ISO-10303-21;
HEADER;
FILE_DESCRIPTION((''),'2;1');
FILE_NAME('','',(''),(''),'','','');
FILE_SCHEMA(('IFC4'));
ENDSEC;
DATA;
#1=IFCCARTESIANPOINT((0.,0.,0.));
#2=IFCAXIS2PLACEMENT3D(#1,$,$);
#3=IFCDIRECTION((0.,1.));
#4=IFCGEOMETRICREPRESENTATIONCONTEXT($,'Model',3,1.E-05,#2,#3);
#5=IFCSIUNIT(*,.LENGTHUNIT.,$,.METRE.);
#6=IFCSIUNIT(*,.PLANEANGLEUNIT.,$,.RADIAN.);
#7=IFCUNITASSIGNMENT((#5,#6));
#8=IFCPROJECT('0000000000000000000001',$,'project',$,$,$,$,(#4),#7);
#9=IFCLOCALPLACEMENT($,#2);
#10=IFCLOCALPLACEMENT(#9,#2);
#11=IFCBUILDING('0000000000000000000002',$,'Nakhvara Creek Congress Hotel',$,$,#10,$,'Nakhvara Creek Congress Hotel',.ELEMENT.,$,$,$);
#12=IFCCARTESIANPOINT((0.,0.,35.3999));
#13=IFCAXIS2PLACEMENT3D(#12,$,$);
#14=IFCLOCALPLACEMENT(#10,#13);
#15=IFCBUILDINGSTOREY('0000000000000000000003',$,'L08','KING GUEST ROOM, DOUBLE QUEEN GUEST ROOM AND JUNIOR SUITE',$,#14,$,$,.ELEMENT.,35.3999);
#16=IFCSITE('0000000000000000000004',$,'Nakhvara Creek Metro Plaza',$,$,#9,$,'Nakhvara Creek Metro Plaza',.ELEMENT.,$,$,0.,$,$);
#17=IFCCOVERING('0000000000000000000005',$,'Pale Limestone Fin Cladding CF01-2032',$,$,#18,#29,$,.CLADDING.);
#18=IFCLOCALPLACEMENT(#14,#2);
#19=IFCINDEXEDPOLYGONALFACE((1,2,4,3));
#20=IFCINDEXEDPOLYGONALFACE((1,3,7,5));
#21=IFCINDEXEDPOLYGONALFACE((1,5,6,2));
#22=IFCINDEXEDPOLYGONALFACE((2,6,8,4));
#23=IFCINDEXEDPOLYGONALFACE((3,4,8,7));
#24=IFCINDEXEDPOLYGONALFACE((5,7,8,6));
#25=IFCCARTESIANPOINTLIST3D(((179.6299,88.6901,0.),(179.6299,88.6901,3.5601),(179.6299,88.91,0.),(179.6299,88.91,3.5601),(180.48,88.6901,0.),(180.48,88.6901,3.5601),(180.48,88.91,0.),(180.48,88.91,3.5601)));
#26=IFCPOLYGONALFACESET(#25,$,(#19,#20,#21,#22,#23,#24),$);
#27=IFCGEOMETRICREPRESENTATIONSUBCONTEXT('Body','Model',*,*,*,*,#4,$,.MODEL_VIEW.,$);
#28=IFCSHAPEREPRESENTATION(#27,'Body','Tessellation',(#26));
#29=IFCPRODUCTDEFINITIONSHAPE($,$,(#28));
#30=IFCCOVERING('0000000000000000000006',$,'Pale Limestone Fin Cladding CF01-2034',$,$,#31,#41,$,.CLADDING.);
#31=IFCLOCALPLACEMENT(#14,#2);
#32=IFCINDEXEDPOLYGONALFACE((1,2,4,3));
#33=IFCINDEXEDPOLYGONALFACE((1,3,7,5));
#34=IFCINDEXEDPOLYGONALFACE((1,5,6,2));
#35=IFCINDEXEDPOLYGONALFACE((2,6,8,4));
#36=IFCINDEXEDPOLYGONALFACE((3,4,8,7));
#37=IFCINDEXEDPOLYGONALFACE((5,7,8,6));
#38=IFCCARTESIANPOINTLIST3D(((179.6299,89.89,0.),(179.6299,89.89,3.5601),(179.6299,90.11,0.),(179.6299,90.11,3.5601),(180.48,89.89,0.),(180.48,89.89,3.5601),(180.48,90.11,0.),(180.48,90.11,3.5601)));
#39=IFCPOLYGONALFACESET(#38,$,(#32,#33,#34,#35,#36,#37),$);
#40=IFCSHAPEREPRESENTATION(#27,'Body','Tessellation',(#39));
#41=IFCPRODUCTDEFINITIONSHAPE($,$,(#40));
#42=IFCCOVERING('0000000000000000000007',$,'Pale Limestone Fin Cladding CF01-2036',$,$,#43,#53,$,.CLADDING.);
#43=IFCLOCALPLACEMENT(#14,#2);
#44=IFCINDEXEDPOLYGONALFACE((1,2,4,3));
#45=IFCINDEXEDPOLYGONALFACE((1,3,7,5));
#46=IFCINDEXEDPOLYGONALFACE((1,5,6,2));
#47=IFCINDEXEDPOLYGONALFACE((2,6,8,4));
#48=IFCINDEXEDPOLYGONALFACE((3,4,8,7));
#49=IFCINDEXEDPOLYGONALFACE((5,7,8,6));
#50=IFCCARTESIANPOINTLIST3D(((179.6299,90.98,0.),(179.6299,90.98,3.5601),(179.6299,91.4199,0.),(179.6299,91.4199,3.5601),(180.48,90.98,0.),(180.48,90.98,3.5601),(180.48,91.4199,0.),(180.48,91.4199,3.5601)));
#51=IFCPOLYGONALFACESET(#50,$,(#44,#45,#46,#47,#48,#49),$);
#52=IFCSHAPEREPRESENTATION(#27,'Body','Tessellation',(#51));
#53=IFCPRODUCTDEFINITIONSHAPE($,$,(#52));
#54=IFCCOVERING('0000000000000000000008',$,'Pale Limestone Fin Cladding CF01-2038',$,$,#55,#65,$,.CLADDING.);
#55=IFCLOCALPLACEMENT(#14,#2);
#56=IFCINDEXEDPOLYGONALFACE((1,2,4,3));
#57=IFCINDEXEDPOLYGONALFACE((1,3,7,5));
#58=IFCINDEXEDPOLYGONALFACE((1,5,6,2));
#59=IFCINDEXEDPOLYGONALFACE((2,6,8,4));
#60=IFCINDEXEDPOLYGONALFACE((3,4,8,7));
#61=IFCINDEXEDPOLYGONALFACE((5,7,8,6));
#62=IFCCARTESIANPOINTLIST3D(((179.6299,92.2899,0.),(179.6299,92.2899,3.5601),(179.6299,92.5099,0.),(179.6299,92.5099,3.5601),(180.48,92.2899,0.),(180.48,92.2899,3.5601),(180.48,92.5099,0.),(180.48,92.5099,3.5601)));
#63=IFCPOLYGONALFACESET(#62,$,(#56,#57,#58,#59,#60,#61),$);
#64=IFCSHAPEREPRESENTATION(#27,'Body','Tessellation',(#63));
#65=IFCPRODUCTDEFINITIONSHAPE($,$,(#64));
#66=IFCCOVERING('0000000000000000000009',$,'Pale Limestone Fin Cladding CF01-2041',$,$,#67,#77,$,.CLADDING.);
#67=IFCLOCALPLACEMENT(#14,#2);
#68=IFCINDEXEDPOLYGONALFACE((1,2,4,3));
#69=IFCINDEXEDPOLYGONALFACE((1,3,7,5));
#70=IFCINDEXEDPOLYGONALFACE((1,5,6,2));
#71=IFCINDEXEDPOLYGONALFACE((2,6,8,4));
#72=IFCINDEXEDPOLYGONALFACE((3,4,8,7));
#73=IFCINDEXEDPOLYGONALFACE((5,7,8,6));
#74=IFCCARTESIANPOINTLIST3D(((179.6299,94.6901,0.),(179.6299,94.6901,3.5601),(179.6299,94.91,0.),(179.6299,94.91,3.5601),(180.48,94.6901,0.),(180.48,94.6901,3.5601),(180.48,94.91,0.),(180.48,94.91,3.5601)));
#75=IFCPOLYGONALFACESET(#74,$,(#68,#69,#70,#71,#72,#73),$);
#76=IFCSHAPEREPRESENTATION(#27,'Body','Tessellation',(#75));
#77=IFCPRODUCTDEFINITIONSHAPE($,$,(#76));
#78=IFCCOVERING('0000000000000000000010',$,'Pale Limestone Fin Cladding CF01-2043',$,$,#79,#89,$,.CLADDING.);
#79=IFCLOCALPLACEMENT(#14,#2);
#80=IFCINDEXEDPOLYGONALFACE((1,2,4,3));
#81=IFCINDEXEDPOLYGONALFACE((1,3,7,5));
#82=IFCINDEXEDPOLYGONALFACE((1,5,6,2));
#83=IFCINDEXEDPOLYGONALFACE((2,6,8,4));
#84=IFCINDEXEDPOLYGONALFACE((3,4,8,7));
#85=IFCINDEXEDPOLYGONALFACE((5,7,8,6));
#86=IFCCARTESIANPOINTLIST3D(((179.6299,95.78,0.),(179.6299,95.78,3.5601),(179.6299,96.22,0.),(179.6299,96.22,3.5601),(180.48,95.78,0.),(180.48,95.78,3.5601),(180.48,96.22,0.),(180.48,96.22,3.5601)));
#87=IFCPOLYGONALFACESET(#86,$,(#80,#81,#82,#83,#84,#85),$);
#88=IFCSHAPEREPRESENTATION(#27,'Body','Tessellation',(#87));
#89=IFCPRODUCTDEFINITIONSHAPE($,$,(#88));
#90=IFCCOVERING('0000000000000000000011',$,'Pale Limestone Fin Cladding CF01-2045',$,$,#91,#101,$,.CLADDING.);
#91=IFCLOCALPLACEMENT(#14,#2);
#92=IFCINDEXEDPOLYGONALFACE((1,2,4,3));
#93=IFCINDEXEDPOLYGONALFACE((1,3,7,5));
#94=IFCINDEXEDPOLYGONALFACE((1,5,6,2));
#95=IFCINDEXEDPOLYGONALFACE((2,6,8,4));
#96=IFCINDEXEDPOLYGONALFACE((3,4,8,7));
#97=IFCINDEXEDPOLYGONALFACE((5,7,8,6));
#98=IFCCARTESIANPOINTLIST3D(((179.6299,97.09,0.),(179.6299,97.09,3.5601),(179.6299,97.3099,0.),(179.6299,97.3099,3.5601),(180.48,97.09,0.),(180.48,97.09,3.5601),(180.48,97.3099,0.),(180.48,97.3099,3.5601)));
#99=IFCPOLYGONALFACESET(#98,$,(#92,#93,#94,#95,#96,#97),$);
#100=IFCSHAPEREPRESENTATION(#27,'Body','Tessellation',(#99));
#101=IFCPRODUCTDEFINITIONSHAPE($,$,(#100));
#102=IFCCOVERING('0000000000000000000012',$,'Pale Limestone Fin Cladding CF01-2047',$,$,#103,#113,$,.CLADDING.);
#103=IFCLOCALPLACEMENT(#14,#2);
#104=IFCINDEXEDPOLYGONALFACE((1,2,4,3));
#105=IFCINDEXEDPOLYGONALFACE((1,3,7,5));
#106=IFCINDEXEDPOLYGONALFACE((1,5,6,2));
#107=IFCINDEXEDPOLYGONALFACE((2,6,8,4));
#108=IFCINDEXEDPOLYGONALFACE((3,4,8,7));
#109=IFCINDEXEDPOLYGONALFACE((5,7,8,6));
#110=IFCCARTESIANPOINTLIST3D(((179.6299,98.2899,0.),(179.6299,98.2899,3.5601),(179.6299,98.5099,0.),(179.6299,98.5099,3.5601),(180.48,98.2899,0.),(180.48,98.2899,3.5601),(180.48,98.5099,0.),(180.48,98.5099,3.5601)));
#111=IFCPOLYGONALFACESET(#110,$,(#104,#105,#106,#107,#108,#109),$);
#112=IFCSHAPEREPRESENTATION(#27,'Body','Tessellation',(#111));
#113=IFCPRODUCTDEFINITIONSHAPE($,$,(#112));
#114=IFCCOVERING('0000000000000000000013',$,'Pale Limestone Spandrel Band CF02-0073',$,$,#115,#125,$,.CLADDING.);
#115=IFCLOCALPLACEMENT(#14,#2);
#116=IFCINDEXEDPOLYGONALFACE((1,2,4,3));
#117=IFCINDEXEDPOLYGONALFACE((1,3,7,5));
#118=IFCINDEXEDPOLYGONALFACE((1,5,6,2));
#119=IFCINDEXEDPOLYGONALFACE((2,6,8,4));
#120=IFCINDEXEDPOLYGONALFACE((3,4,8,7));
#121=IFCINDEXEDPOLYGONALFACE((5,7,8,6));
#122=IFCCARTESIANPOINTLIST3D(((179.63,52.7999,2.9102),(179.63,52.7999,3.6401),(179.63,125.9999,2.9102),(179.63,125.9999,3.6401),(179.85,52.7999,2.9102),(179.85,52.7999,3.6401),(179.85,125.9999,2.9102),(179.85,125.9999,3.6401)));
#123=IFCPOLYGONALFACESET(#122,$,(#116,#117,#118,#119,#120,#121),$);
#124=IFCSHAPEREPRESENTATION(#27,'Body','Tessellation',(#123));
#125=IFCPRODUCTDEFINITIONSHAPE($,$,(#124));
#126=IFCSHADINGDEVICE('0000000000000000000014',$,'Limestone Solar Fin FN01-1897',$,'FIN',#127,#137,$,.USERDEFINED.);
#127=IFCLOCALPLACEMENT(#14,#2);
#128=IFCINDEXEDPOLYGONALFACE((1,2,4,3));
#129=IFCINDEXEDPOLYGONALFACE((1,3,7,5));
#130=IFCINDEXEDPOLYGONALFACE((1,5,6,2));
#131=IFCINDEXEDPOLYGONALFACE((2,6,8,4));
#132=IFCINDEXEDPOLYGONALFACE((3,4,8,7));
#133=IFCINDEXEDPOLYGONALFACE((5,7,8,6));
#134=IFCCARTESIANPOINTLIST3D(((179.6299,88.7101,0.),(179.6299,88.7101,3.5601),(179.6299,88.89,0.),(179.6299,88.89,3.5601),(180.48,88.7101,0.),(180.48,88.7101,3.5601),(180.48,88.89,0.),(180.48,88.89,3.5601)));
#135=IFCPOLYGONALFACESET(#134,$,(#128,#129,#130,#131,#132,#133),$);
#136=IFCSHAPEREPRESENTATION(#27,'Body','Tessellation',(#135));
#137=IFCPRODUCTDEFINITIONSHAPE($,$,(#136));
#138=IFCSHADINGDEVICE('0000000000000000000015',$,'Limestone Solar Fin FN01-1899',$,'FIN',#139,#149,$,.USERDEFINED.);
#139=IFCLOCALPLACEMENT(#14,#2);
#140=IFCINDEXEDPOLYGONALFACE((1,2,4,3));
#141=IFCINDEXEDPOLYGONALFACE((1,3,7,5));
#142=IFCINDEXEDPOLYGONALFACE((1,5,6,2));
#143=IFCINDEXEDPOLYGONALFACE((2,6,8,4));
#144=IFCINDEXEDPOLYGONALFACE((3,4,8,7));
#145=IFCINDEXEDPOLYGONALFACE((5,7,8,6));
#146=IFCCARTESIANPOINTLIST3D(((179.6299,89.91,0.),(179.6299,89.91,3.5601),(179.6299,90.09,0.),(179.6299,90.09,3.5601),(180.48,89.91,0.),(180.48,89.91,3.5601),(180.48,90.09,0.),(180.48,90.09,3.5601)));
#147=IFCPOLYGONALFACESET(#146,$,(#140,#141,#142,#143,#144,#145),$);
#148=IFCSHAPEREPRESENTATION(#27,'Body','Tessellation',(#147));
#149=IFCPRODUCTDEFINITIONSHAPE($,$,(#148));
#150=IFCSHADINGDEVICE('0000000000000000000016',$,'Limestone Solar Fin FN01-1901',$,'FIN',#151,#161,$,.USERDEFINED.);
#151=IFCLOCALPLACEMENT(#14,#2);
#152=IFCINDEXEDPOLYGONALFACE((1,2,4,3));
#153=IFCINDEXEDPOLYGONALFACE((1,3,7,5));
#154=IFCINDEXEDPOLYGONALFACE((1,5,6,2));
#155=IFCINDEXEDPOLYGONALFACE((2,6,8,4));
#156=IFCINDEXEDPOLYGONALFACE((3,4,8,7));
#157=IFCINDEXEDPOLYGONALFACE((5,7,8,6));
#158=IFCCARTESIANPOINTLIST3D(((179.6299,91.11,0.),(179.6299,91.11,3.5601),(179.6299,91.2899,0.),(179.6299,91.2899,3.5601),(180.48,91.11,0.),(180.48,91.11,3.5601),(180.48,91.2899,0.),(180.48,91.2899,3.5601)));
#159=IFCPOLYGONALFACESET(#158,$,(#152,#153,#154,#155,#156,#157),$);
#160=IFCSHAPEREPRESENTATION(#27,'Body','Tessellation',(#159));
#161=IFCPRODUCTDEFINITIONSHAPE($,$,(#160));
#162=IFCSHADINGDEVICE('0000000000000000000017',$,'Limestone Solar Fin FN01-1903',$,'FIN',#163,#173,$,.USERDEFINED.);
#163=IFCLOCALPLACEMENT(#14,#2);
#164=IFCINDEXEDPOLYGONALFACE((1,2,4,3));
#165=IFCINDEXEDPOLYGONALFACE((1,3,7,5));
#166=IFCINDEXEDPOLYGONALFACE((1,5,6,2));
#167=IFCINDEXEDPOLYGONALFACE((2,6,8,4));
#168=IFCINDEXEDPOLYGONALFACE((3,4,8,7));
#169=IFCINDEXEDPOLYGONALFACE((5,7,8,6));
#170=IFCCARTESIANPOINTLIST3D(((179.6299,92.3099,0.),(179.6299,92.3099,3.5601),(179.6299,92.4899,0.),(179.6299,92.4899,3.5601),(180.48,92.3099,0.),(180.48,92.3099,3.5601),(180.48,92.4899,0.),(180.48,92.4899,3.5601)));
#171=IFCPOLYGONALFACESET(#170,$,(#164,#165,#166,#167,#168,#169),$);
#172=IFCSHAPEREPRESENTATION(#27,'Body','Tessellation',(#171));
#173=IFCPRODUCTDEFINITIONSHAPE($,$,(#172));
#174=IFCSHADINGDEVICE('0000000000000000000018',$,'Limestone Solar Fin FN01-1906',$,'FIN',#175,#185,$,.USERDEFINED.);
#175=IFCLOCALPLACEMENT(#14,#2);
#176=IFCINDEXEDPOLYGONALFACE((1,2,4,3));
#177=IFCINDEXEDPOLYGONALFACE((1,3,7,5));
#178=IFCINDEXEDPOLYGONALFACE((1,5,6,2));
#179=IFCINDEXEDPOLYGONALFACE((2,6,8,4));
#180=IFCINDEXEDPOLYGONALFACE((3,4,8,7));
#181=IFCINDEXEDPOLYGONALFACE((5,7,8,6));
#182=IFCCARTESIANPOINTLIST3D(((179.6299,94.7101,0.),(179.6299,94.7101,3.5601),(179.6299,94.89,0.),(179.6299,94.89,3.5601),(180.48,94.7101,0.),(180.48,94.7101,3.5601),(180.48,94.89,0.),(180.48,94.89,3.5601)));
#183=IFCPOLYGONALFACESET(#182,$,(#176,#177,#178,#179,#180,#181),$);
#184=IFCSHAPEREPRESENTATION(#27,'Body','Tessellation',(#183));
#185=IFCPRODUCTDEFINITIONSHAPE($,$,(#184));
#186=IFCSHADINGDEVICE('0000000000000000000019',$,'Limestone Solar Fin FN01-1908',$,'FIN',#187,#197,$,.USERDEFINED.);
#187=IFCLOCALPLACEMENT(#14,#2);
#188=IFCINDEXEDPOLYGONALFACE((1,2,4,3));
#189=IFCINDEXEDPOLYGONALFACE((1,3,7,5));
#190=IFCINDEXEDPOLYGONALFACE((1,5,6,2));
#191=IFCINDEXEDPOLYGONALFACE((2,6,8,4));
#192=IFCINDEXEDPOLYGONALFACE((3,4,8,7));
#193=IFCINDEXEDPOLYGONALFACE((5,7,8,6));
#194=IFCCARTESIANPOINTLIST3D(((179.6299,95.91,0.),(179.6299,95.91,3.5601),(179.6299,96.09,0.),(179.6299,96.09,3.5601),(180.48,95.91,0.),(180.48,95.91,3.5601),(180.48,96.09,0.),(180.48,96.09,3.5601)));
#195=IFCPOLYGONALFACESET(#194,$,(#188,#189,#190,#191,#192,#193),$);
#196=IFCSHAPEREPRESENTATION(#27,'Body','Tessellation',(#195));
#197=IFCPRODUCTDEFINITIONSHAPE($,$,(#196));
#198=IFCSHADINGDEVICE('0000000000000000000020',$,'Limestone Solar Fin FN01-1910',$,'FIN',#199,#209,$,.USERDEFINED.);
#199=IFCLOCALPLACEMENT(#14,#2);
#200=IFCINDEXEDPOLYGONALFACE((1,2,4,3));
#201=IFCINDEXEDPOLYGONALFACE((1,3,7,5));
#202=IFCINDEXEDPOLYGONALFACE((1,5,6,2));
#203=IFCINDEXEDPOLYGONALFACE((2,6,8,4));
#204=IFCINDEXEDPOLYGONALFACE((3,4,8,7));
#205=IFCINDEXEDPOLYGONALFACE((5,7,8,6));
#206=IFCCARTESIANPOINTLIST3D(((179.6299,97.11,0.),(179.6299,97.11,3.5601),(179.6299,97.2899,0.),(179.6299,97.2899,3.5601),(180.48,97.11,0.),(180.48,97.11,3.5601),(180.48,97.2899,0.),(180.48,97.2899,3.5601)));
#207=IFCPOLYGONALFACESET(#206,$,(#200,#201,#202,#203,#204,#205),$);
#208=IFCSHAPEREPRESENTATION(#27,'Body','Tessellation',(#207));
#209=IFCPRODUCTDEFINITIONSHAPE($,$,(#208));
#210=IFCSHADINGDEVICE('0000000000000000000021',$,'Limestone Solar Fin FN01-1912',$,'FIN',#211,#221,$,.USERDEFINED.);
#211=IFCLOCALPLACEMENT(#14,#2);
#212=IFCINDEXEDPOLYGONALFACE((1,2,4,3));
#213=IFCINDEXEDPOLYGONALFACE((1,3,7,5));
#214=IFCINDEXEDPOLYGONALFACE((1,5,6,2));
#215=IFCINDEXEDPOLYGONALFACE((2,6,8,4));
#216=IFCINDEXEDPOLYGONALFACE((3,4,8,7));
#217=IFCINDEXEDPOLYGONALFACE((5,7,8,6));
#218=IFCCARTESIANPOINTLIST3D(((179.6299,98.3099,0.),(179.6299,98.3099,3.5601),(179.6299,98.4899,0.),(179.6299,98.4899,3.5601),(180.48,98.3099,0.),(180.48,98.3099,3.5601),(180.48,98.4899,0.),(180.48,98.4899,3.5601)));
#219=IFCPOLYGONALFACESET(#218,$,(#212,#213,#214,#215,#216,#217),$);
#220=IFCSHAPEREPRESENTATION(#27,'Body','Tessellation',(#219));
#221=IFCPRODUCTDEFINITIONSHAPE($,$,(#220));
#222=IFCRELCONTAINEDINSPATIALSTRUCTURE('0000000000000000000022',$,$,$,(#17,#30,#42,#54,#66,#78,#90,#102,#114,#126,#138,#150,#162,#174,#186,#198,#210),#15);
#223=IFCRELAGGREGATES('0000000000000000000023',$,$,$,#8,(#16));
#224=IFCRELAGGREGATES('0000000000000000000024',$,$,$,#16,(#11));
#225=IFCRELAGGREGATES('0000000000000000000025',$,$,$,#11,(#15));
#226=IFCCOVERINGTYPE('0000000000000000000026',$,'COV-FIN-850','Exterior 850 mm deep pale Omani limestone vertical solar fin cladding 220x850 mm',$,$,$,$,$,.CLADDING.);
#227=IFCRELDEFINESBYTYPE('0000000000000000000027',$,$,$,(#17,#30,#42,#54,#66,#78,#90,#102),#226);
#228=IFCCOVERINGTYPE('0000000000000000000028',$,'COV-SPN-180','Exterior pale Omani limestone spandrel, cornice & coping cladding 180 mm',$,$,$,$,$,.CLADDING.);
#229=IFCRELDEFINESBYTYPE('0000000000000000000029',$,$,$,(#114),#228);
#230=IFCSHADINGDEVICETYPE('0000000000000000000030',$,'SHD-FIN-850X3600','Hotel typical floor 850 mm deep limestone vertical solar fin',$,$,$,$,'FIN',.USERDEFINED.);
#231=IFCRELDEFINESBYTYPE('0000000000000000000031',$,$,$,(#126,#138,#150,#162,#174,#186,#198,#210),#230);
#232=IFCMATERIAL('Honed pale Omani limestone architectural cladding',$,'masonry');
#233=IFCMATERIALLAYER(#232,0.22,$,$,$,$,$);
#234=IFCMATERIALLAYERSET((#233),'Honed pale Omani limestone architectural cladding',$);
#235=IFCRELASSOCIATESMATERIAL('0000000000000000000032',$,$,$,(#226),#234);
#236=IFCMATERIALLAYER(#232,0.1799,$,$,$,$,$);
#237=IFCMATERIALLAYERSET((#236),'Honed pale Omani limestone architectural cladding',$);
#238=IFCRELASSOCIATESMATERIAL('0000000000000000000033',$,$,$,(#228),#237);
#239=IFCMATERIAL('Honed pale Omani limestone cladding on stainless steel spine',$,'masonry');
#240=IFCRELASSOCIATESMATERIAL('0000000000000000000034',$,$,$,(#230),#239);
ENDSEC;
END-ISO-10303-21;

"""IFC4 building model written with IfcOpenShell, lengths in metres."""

from ifc_helpers import new_model, si_unit, direction, frame, origin, origin_2d, place, context, subcontext, project, spatial, rectangle, extrude, material, layer, layer_set, type_object, element, save


model = new_model("IFC4")

# Units and contexts
model_context = context("Model", 3, precision=1e-05, world=origin(), true_north=direction((0.0, 1.0)))
body_context = subcontext(model_context, "Body", "Model", "MODEL_VIEW")
ifc_project = project(units=[si_unit("LENGTHUNIT", "METRE"), si_unit("PLANEANGLEUNIT", "RADIAN")], contexts=[model_context])

# Site, building, storey
site_placement = place(None, origin())
site = spatial("IfcSite", under=ifc_project, at=site_placement, Name="Nakhvara Creek Metro Plaza", LongName="Nakhvara Creek Metro Plaza", CompositionType="ELEMENT", RefElevation=0.0)
building_placement = place(site_placement, origin())
building = spatial("IfcBuilding", under=site, at=building_placement, Name="Nakhvara Creek Congress Hotel", LongName="Nakhvara Creek Congress Hotel", CompositionType="ELEMENT")
storey_placement = place(building_placement, frame((0.0, 0.0, 35.3999)))
storey = spatial("IfcBuildingStorey", under=building, at=storey_placement, Name="L08", Description="KING GUEST ROOM, DOUBLE QUEEN GUEST ROOM AND JUNIOR SUITE", CompositionType="ELEMENT", Elevation=35.3999)

# Coverings
ifc_material_1 = material(Name="Honed pale Omani limestone architectural cladding", Category="masonry")
ifc_layer_1 = layer(ifc_material_1, 0.22)
ifc_layer_set_1 = layer_set([ifc_layer_1], Name="Honed pale Omani limestone architectural cladding")
covering_type_1 = type_object("IfcCoveringType", Name="COV-FIN-850", Description="Exterior 850 mm deep pale Omani limestone vertical solar fin cladding 220x850 mm", PredefinedType="CLADDING", material=ifc_layer_set_1)
for number, where, z_axis, x_axis, name in (
    (1, (180.0549, 88.8, 0.0), (0.0, 0.0, 1.0), (0.0, 1.0, 0.0), "Pale Limestone Fin Cladding CF01-2032"),
    (2, (180.0549, 90.0, 0.0), (0.0, 0.0, 1.0), (0.0, 1.0, 0.0), "Pale Limestone Fin Cladding CF01-2034"),
):
    element("IfcCovering", number, at=place(storey_placement, frame(where, z_axis=z_axis, x_axis=x_axis)), inside=storey, type_object=covering_type_1, Name=name, PredefinedType="CLADDING", context=body_context, shape_type="SweptSolid", body=[
        extrude(rectangle(XDim=0.22, YDim=0.8501, at=origin_2d()), origin(), (0.0, 0.0, 1.0), 3.5601),
    ])
covering_1_placement = place(storey_placement, frame((180.0549, 91.2, 0.0), z_axis=(0.0, 0.0, 1.0), x_axis=(0.0, 1.0, 0.0)))
element("IfcCovering", 3, at=covering_1_placement, inside=storey, type_object=covering_type_1, Name="Pale Limestone Fin Cladding CF01-2036", PredefinedType="CLADDING", context=body_context, shape_type="SweptSolid", body=[
    extrude(rectangle(XDim=0.4399, YDim=0.8501, at=origin_2d()), origin(), (0.0, 0.0, 1.0), 3.5601),
])
for number, where, z_axis, x_axis, name in (
    (4, (180.0549, 92.3999, 0.0), (0.0, 0.0, 1.0), (0.0, 1.0, 0.0), "Pale Limestone Fin Cladding CF01-2038"),
    (5, (180.0549, 94.8, 0.0), (0.0, 0.0, 1.0), (0.0, 1.0, 0.0), "Pale Limestone Fin Cladding CF01-2041"),
):
    element("IfcCovering", number, at=place(storey_placement, frame(where, z_axis=z_axis, x_axis=x_axis)), inside=storey, type_object=covering_type_1, Name=name, PredefinedType="CLADDING", context=body_context, shape_type="SweptSolid", body=[
        extrude(rectangle(XDim=0.22, YDim=0.8501, at=origin_2d()), origin(), (0.0, 0.0, 1.0), 3.5601),
    ])
covering_2_placement = place(storey_placement, frame((180.0549, 96.0, 0.0), z_axis=(0.0, 0.0, 1.0), x_axis=(0.0, 1.0, 0.0)))
element("IfcCovering", 6, at=covering_2_placement, inside=storey, type_object=covering_type_1, Name="Pale Limestone Fin Cladding CF01-2043", PredefinedType="CLADDING", context=body_context, shape_type="SweptSolid", body=[
    extrude(rectangle(XDim=0.4399, YDim=0.8501, at=origin_2d()), origin(), (0.0, 0.0, 1.0), 3.5601),
])
for number, where, z_axis, x_axis, name in (
    (7, (180.0549, 97.2, 0.0), (0.0, 0.0, 1.0), (0.0, 1.0, 0.0), "Pale Limestone Fin Cladding CF01-2045"),
    (8, (180.0549, 98.3999, 0.0), (0.0, 0.0, 1.0), (0.0, 1.0, 0.0), "Pale Limestone Fin Cladding CF01-2047"),
):
    element("IfcCovering", number, at=place(storey_placement, frame(where, z_axis=z_axis, x_axis=x_axis)), inside=storey, type_object=covering_type_1, Name=name, PredefinedType="CLADDING", context=body_context, shape_type="SweptSolid", body=[
        extrude(rectangle(XDim=0.22, YDim=0.8501, at=origin_2d()), origin(), (0.0, 0.0, 1.0), 3.5601),
    ])
ifc_layer_2 = layer(ifc_material_1, 0.1799)
ifc_layer_set_2 = layer_set([ifc_layer_2], Name="Honed pale Omani limestone architectural cladding")
covering_type_2 = type_object("IfcCoveringType", Name="COV-SPN-180", Description="Exterior pale Omani limestone spandrel, cornice & coping cladding 180 mm", PredefinedType="CLADDING", material=ifc_layer_set_2)
covering_3_placement = place(storey_placement, frame((179.74, 89.3999, 2.9102), z_axis=(0.0, 0.0, 1.0), x_axis=(0.0, 1.0, 0.0)))
element("IfcCovering", 9, at=covering_3_placement, inside=storey, type_object=covering_type_2, Name="Pale Limestone Spandrel Band CF02-0073", PredefinedType="CLADDING", context=body_context, shape_type="SweptSolid", body=[
    extrude(rectangle(XDim=73.2, YDim=0.22, at=origin_2d()), origin(), (0.0, 0.0, 1.0), 0.73),
])

# Shading devices
ifc_material_2 = material(Name="Honed pale Omani limestone cladding on stainless steel spine", Category="masonry")
shading_device_type = type_object("IfcShadingDeviceType", Name="SHD-FIN-850X3600", Description="Hotel typical floor 850 mm deep limestone vertical solar fin", ElementType="FIN", PredefinedType="USERDEFINED", material=ifc_material_2)
for number, where, z_axis, x_axis, name in (
    (10, (180.0549, 88.8, 0.0), (0.0, 0.0, 1.0), (0.0, 1.0, 0.0), "Limestone Solar Fin FN01-1897"),
    (11, (180.0549, 90.0, 0.0), (0.0, 0.0, 1.0), (0.0, 1.0, 0.0), "Limestone Solar Fin FN01-1899"),
    (12, (180.0549, 91.2, 0.0), (0.0, 0.0, 1.0), (0.0, 1.0, 0.0), "Limestone Solar Fin FN01-1901"),
    (13, (180.0549, 92.3999, 0.0), (0.0, 0.0, 1.0), (0.0, 1.0, 0.0), "Limestone Solar Fin FN01-1903"),
    (14, (180.0549, 94.8, 0.0), (0.0, 0.0, 1.0), (0.0, 1.0, 0.0), "Limestone Solar Fin FN01-1906"),
    (15, (180.0549, 96.0, 0.0), (0.0, 0.0, 1.0), (0.0, 1.0, 0.0), "Limestone Solar Fin FN01-1908"),
    (16, (180.0549, 97.2, 0.0), (0.0, 0.0, 1.0), (0.0, 1.0, 0.0), "Limestone Solar Fin FN01-1910"),
    (17, (180.0549, 98.3999, 0.0), (0.0, 0.0, 1.0), (0.0, 1.0, 0.0), "Limestone Solar Fin FN01-1912"),
):
    element("IfcShadingDevice", number, at=place(storey_placement, frame(where, z_axis=z_axis, x_axis=x_axis)), inside=storey, type_object=shading_device_type, Name=name, ObjectType="FIN", PredefinedType="USERDEFINED", context=body_context, shape_type="SweptSolid", body=[
        extrude(rectangle(XDim=0.1799, YDim=0.8501, at=origin_2d()), origin(), (0.0, 0.0, 1.0), 3.5601),
    ])

save(model, "model.ifc")
